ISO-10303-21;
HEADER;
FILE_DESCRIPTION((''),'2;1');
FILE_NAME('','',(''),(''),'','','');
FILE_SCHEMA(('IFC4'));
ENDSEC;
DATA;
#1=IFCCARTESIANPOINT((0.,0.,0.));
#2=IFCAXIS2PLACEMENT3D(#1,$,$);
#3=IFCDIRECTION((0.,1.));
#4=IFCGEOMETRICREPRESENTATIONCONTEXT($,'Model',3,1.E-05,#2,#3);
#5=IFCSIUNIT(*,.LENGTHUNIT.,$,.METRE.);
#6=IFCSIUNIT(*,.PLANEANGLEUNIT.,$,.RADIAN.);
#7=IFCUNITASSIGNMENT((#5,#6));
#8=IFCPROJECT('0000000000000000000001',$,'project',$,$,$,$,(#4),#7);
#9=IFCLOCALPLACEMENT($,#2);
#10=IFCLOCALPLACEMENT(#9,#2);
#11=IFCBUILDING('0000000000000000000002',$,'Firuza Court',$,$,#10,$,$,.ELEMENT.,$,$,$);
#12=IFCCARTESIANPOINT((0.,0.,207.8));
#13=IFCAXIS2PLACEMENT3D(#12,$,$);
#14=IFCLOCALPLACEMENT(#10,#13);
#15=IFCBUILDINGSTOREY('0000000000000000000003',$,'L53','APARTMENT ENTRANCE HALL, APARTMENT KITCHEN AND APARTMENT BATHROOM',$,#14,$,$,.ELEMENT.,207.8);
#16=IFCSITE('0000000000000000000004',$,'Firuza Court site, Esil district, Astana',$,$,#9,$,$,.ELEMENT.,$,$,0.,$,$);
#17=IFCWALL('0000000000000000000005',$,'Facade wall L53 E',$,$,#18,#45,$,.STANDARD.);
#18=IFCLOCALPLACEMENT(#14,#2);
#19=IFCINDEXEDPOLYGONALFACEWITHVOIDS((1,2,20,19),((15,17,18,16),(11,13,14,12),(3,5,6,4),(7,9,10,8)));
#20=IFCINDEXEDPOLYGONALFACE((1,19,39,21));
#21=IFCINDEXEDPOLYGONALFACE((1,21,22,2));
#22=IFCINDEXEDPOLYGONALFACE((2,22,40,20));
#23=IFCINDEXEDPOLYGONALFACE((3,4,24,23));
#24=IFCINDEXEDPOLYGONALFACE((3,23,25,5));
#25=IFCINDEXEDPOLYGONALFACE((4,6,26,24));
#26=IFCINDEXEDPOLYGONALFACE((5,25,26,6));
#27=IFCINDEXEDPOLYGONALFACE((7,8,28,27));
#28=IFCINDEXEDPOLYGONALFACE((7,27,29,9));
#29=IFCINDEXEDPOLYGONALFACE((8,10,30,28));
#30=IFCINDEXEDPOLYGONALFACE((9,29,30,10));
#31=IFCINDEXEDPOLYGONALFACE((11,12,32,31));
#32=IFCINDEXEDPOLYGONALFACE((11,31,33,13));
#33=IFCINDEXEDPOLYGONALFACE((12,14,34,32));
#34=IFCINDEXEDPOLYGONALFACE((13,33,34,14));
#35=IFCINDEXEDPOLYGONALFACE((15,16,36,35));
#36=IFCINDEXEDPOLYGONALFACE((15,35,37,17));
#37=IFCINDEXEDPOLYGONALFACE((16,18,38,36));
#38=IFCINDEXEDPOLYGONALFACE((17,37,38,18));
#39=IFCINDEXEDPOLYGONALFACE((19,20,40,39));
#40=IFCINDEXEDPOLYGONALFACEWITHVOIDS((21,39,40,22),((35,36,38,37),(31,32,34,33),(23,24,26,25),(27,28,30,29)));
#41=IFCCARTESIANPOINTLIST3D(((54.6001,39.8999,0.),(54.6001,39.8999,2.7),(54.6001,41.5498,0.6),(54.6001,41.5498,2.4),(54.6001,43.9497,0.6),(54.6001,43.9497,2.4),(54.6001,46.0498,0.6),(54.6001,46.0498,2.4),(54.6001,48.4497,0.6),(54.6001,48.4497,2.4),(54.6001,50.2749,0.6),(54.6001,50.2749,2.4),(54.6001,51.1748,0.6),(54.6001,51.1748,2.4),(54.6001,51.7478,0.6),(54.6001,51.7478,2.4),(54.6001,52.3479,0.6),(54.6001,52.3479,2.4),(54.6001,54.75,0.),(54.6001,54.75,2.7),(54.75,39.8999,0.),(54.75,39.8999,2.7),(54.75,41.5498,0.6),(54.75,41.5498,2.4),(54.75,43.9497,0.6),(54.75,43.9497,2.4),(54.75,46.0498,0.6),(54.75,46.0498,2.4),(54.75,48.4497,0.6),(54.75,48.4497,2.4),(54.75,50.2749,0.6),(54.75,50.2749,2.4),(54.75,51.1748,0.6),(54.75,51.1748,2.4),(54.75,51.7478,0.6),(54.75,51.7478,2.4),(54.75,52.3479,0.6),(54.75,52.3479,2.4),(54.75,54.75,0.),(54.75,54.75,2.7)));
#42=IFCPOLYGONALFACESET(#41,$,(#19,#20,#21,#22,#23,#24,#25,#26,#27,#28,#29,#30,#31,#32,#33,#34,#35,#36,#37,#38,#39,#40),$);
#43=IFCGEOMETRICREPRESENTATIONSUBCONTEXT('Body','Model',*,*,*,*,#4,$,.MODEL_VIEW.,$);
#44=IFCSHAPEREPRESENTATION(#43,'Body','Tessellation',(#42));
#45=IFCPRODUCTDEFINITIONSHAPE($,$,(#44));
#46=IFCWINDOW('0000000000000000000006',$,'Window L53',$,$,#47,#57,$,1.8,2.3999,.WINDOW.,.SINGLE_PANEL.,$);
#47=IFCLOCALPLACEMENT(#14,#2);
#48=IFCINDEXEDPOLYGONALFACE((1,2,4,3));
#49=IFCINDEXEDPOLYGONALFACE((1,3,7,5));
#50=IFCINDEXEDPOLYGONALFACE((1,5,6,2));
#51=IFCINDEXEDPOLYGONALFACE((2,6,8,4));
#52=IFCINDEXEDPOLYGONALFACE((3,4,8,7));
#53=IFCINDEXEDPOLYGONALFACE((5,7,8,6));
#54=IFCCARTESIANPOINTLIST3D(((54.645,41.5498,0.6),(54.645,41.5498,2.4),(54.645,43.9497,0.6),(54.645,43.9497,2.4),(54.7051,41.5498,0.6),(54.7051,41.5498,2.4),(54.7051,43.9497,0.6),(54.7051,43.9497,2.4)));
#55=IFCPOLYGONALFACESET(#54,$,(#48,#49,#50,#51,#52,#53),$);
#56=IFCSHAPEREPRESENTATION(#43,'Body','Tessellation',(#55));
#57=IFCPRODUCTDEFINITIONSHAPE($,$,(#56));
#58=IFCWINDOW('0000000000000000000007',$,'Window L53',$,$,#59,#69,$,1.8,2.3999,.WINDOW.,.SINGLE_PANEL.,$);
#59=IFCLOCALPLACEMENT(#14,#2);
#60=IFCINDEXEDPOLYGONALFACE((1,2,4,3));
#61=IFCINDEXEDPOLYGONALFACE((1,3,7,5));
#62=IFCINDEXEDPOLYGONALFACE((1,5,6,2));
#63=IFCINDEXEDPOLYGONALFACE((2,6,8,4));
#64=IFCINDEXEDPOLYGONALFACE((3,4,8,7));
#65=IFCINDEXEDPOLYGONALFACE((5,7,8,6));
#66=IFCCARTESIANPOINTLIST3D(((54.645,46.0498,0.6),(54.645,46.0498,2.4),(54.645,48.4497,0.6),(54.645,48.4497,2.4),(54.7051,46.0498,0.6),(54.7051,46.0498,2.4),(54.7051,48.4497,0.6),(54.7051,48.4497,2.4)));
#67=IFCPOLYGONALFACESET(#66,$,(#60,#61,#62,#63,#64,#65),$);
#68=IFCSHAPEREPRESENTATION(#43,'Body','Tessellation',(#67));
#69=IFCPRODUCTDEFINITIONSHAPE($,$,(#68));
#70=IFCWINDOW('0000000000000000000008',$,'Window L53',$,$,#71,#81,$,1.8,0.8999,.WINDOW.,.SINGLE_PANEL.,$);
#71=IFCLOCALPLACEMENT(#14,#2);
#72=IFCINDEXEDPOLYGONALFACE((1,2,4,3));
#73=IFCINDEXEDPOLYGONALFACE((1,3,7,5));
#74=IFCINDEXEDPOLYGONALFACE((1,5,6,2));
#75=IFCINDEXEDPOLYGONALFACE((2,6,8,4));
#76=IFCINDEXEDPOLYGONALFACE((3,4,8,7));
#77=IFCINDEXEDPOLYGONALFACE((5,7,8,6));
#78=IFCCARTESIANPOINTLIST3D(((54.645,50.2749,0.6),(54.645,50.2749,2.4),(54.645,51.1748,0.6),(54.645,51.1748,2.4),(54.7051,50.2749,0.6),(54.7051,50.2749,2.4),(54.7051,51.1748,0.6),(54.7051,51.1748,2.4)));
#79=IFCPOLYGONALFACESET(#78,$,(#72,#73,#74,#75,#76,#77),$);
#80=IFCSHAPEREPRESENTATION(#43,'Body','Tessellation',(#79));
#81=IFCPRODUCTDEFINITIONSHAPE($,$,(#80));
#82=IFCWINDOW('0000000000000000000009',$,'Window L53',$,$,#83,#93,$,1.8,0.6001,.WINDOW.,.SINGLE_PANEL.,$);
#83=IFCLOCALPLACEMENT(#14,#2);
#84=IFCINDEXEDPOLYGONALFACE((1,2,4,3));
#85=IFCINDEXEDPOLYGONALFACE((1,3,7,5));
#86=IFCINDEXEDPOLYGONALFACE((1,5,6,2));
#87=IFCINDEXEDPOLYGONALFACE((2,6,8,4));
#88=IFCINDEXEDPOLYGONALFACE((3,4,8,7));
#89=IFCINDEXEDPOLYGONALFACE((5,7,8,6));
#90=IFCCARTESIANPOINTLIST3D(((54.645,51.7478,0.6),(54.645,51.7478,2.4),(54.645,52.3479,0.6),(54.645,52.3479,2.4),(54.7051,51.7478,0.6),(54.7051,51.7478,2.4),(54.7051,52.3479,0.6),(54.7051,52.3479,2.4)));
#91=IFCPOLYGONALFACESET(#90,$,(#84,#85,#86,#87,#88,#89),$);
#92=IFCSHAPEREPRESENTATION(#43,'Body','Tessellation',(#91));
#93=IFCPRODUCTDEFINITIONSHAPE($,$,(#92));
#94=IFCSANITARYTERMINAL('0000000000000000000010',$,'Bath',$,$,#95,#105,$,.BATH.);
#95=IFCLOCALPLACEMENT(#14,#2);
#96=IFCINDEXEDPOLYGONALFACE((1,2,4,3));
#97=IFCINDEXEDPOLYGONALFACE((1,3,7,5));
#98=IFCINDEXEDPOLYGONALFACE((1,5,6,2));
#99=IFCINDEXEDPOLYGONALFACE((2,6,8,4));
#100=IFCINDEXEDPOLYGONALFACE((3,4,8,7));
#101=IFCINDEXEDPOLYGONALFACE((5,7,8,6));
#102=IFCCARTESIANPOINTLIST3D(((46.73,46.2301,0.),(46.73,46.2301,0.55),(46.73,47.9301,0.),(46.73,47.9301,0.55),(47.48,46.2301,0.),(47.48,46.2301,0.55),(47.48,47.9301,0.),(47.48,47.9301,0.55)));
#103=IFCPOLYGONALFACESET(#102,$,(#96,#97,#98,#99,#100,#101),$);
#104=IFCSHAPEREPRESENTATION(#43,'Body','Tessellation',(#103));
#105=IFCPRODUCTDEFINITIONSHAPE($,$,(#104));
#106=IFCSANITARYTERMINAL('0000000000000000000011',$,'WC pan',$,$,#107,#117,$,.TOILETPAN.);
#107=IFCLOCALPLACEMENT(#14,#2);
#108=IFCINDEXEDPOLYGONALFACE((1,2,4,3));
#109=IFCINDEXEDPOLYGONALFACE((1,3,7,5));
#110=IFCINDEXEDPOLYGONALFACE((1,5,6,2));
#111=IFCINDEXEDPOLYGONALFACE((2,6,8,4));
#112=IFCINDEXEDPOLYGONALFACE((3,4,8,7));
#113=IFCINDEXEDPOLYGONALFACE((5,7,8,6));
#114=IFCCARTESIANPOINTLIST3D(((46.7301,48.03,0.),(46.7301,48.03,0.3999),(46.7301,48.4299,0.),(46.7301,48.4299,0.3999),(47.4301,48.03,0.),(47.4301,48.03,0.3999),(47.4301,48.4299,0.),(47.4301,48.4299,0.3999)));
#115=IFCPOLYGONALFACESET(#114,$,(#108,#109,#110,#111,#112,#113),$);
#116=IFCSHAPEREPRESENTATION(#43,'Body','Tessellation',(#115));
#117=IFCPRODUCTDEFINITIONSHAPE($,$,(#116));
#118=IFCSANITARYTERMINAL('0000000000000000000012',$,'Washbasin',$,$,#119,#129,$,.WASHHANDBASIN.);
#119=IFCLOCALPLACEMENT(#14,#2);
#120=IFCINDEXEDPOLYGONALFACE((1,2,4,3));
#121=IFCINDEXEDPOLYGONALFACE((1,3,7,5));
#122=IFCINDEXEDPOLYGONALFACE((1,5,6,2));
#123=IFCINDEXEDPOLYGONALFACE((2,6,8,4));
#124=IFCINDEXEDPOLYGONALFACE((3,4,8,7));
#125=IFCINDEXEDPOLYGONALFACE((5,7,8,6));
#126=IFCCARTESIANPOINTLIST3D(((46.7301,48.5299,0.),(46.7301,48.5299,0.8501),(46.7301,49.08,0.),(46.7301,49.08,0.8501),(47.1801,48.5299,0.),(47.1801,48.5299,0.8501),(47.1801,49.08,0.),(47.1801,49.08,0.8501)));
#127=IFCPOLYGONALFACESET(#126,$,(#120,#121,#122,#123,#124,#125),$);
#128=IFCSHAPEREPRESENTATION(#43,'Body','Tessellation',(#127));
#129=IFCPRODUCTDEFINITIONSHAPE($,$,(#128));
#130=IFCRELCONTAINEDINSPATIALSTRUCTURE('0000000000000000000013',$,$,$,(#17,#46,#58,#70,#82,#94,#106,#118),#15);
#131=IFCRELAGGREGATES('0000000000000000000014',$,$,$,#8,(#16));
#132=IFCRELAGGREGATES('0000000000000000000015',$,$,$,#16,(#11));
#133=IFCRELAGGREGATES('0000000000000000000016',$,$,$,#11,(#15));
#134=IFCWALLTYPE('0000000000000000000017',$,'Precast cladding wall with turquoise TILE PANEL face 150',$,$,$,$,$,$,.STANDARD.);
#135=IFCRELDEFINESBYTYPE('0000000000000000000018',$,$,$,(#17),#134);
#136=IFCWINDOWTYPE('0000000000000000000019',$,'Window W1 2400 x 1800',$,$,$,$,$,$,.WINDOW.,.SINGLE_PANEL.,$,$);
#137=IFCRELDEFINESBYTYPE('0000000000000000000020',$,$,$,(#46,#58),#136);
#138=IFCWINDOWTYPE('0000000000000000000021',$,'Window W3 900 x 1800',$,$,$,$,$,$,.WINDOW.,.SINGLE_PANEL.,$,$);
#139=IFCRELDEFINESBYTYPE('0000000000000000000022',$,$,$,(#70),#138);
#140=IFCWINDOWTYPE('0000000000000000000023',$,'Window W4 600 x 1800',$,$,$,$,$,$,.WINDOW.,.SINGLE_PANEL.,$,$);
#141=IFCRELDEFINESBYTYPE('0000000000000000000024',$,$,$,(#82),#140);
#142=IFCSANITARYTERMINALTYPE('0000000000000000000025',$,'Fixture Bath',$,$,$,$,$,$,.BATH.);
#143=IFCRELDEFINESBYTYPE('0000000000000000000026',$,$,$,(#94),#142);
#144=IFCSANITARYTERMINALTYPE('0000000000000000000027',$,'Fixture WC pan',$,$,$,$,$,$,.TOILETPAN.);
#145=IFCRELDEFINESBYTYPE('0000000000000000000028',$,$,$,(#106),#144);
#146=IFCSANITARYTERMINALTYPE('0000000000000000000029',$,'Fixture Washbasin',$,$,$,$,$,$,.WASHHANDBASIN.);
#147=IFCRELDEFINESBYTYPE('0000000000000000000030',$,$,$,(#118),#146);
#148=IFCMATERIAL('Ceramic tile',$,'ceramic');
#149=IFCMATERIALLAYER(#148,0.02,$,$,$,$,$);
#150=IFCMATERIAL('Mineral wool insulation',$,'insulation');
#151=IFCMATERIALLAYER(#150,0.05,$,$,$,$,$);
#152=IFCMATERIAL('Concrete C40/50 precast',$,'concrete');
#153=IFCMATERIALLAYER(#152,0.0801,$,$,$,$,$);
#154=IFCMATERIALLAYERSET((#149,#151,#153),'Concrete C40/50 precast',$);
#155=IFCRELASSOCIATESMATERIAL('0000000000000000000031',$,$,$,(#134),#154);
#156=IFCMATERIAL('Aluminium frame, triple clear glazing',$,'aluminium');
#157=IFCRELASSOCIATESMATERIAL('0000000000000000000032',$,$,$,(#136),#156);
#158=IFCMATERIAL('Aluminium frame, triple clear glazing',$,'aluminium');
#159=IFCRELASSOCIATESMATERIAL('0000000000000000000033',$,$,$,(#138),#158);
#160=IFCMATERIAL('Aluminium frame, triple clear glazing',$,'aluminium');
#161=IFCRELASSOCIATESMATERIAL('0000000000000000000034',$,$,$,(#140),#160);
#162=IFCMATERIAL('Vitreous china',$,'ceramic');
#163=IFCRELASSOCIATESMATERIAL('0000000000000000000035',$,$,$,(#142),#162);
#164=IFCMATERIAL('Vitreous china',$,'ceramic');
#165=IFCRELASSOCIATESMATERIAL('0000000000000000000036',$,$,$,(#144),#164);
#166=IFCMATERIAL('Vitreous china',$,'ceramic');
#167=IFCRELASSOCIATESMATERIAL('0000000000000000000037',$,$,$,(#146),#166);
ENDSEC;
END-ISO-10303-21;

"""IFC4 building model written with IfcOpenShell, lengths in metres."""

from ifc_helpers import new_model, si_unit, direction, frame, frame_2d, origin, origin_2d, place, context, subcontext, project, spatial, rectangle, extrude, material, layer, layer_set, type_object, element, fill, save


model = new_model("IFC4")

# Units and contexts
model_context = context("Model", 3, precision=1e-05, world=origin(), true_north=direction((0.0, 1.0)))
body_context = subcontext(model_context, "Body", "Model", "MODEL_VIEW")
ifc_project = project(units=[si_unit("LENGTHUNIT", "METRE"), si_unit("PLANEANGLEUNIT", "RADIAN")], contexts=[model_context])

# Site, building, storey
site_placement = place(None, origin())
site = spatial("IfcSite", under=ifc_project, at=site_placement, Name="Firuza Court site, Esil district, Astana", CompositionType="ELEMENT", RefElevation=0.0)
building_placement = place(site_placement, origin())
building = spatial("IfcBuilding", under=site, at=building_placement, Name="Firuza Court", CompositionType="ELEMENT")
storey_placement = place(building_placement, frame((0.0, 0.0, 207.8)))
storey = spatial("IfcBuildingStorey", under=building, at=storey_placement, Name="L53", Description="APARTMENT ENTRANCE HALL, APARTMENT KITCHEN AND APARTMENT BATHROOM", CompositionType="ELEMENT", Elevation=207.8)

# Shared definitions
ifc_material_1 = material(Name="Ceramic tile", Category="ceramic")
ifc_layer_1 = layer(ifc_material_1, 0.02)
ifc_material_2 = material(Name="Mineral wool insulation", Category="insulation")
ifc_layer_2 = layer(ifc_material_2, 0.05)
ifc_material_3 = material(Name="Concrete C40/50 precast", Category="concrete")
ifc_layer_3 = layer(ifc_material_3, 0.0801)
ifc_layer_set_1 = layer_set([ifc_layer_1, ifc_layer_2, ifc_layer_3], Name="Concrete C40/50 precast")
wall_type_1 = type_object("IfcWallType", Name="Precast cladding wall with turquoise TILE PANEL face 150", PredefinedType="STANDARD", material=ifc_layer_set_1)

# Wall, openings, windows
wall_1_placement = place(storey_placement, frame((54.675, 39.8999, 0.0), z_axis=(0.0, 0.0, 1.0), x_axis=(0.0, 1.0, 0.0)))
wall_1 = element("IfcWall", 1, at=wall_1_placement, inside=storey, type_object=wall_type_1, Name="Facade wall L53 E", PredefinedType="STANDARD", context=body_context, shape_type="SweptSolid", body=[
    extrude(rectangle(XDim=14.8501, YDim=0.1499, at=frame_2d((7.425, 0.0))), origin(), (0.0, 0.0, 1.0), 2.7),
])
opening_1_placement = place(wall_1_placement, frame((1.6499, 0.0, 0.6001)))
opening_1 = element("IfcOpeningElement", 2, at=opening_1_placement, cuts=wall_1, PredefinedType="OPENING", context=body_context, shape_type="SweptSolid", body=[
    extrude(rectangle(XDim=2.3999, YDim=1.8, at=frame_2d((1.2, 0.8999))), frame((0.0, 0.0869, 0.0), z_axis=(0.0, -1.0, 0.0), x_axis=(1.0, 0.0, 0.0)), (0.0, 0.0, 1.0), 0.1738),
])
opening_2_placement = place(wall_1_placement, frame((6.1499, 0.0, 0.6001)))
opening_2 = element("IfcOpeningElement", 3, at=opening_2_placement, cuts=wall_1, PredefinedType="OPENING", context=body_context, shape_type="SweptSolid", body=[
    extrude(rectangle(XDim=2.3999, YDim=1.8, at=frame_2d((1.2, 0.8999))), frame((0.0, 0.0869, 0.0), z_axis=(0.0, -1.0, 0.0), x_axis=(1.0, 0.0, 0.0)), (0.0, 0.0, 1.0), 0.1738),
])
opening_3_placement = place(wall_1_placement, frame((10.375, 0.0, 0.6001)))
opening_3 = element("IfcOpeningElement", 4, at=opening_3_placement, cuts=wall_1, PredefinedType="OPENING", context=body_context, shape_type="SweptSolid", body=[
    extrude(rectangle(XDim=0.8999, YDim=1.8, at=frame_2d((0.45, 0.8999))), frame((0.0, 0.0869, 0.0), z_axis=(0.0, -1.0, 0.0), x_axis=(1.0, 0.0, 0.0)), (0.0, 0.0, 1.0), 0.1738),
])
opening_4_placement = place(wall_1_placement, frame((11.8479, 0.0, 0.6001)))
opening_4 = element("IfcOpeningElement", 5, at=opening_4_placement, cuts=wall_1, PredefinedType="OPENING", context=body_context, shape_type="SweptSolid", body=[
    extrude(rectangle(XDim=0.6001, YDim=1.8, at=frame_2d((0.3, 0.8999))), frame((0.0, 0.0869, 0.0), z_axis=(0.0, -1.0, 0.0), x_axis=(1.0, 0.0, 0.0)), (0.0, 0.0, 1.0), 0.1738),
])
ifc_material_4 = material(Name="Aluminium frame, triple clear glazing", Category="aluminium")
window_type_1 = type_object("IfcWindowType", Name="Window W1 2400 x 1800", PartitioningType="SINGLE_PANEL", PredefinedType="WINDOW", material=ifc_material_4)
window_1_placement = place(opening_1_placement, origin())
window_1 = element("IfcWindow", 6, at=window_1_placement, inside=storey, type_object=window_type_1, Name="Window L53", OverallHeight=1.8, OverallWidth=2.3999, PartitioningType="SINGLE_PANEL", PredefinedType="WINDOW", context=body_context, shape_type="SweptSolid", body=[
    extrude(rectangle(XDim=2.3999, YDim=1.8, at=frame_2d((1.2, 0.8999))), frame((0.0, 0.03, 0.0), z_axis=(0.0, -1.0, 0.0), x_axis=(1.0, 0.0, 0.0)), (0.0, 0.0, 1.0), 0.0601),
])
fill(opening_1, window_1)
window_2_placement = place(opening_2_placement, origin())
window_2 = element("IfcWindow", 7, at=window_2_placement, inside=storey, type_object=window_type_1, Name="Window L53", OverallHeight=1.8, OverallWidth=2.3999, PartitioningType="SINGLE_PANEL", PredefinedType="WINDOW", context=body_context, shape_type="SweptSolid", body=[
    extrude(rectangle(XDim=2.3999, YDim=1.8, at=frame_2d((1.2, 0.8999))), frame((0.0, 0.03, 0.0), z_axis=(0.0, -1.0, 0.0), x_axis=(1.0, 0.0, 0.0)), (0.0, 0.0, 1.0), 0.0601),
])
fill(opening_2, window_2)
ifc_material_5 = material(Name="Aluminium frame, triple clear glazing", Category="aluminium")
window_type_2 = type_object("IfcWindowType", Name="Window W3 900 x 1800", PartitioningType="SINGLE_PANEL", PredefinedType="WINDOW", material=ifc_material_5)
window_3_placement = place(opening_3_placement, origin())
window_3 = element("IfcWindow", 8, at=window_3_placement, inside=storey, type_object=window_type_2, Name="Window L53", OverallHeight=1.8, OverallWidth=0.8999, PartitioningType="SINGLE_PANEL", PredefinedType="WINDOW", context=body_context, shape_type="SweptSolid", body=[
    extrude(rectangle(XDim=0.8999, YDim=1.8, at=frame_2d((0.45, 0.8999))), frame((0.0, 0.03, 0.0), z_axis=(0.0, -1.0, 0.0), x_axis=(1.0, 0.0, 0.0)), (0.0, 0.0, 1.0), 0.0601),
])
fill(opening_3, window_3)
ifc_material_6 = material(Name="Aluminium frame, triple clear glazing", Category="aluminium")
window_type_3 = type_object("IfcWindowType", Name="Window W4 600 x 1800", PartitioningType="SINGLE_PANEL", PredefinedType="WINDOW", material=ifc_material_6)
window_4_placement = place(opening_4_placement, origin())
window_4 = element("IfcWindow", 9, at=window_4_placement, inside=storey, type_object=window_type_3, Name="Window L53", OverallHeight=1.8, OverallWidth=0.6001, PartitioningType="SINGLE_PANEL", PredefinedType="WINDOW", context=body_context, shape_type="SweptSolid", body=[
    extrude(rectangle(XDim=0.6001, YDim=1.8, at=frame_2d((0.3, 0.8999))), frame((0.0, 0.03, 0.0), z_axis=(0.0, -1.0, 0.0), x_axis=(1.0, 0.0, 0.0)), (0.0, 0.0, 1.0), 0.0601),
])
fill(opening_4, window_4)

# Sanitary terminals
ifc_material_7 = material(Name="Vitreous china", Category="ceramic")
sanitary_terminal_type_1 = type_object("IfcSanitaryTerminalType", Name="Fixture Bath", PredefinedType="BATH", material=ifc_material_7)
sanitary_terminal_1_placement = place(storey_placement, frame((47.105, 47.0801, 0.0), z_axis=(0.0, 0.0, 1.0), x_axis=(1.0, 0.0, 0.0)))
element("IfcSanitaryTerminal", 10, at=sanitary_terminal_1_placement, inside=storey, type_object=sanitary_terminal_type_1, Name="Bath", PredefinedType="BATH", context=body_context, shape_type="SweptSolid", body=[
    extrude(rectangle(XDim=0.75, YDim=1.7, at=origin_2d()), origin(), (0.0, 0.0, 1.0), 0.55),
])
ifc_material_8 = material(Name="Vitreous china", Category="ceramic")
sanitary_terminal_type_2 = type_object("IfcSanitaryTerminalType", Name="Fixture WC pan", PredefinedType="TOILETPAN", material=ifc_material_8)
sanitary_terminal_2_placement = place(storey_placement, frame((47.0801, 48.23, 0.0), z_axis=(0.0, 0.0, 1.0), x_axis=(1.0, 0.0, 0.0)))
element("IfcSanitaryTerminal", 11, at=sanitary_terminal_2_placement, inside=storey, type_object=sanitary_terminal_type_2, Name="WC pan", PredefinedType="TOILETPAN", context=body_context, shape_type="SweptSolid", body=[
    extrude(rectangle(XDim=0.7, YDim=0.3999, at=origin_2d()), origin(), (0.0, 0.0, 1.0), 0.3999),
])
ifc_material_9 = material(Name="Vitreous china", Category="ceramic")
sanitary_terminal_type_3 = type_object("IfcSanitaryTerminalType", Name="Fixture Washbasin", PredefinedType="WASHHANDBASIN", material=ifc_material_9)
sanitary_terminal_3_placement = place(storey_placement, frame((46.9551, 48.8049, 0.0), z_axis=(0.0, 0.0, 1.0), x_axis=(1.0, 0.0, 0.0)))
element("IfcSanitaryTerminal", 12, at=sanitary_terminal_3_placement, inside=storey, type_object=sanitary_terminal_type_3, Name="Washbasin", PredefinedType="WASHHANDBASIN", context=body_context, shape_type="SweptSolid", body=[
    extrude(rectangle(XDim=0.45, YDim=0.55, at=origin_2d()), origin(), (0.0, 0.0, 1.0), 0.8501),
])

save(model, "model.ifc")
